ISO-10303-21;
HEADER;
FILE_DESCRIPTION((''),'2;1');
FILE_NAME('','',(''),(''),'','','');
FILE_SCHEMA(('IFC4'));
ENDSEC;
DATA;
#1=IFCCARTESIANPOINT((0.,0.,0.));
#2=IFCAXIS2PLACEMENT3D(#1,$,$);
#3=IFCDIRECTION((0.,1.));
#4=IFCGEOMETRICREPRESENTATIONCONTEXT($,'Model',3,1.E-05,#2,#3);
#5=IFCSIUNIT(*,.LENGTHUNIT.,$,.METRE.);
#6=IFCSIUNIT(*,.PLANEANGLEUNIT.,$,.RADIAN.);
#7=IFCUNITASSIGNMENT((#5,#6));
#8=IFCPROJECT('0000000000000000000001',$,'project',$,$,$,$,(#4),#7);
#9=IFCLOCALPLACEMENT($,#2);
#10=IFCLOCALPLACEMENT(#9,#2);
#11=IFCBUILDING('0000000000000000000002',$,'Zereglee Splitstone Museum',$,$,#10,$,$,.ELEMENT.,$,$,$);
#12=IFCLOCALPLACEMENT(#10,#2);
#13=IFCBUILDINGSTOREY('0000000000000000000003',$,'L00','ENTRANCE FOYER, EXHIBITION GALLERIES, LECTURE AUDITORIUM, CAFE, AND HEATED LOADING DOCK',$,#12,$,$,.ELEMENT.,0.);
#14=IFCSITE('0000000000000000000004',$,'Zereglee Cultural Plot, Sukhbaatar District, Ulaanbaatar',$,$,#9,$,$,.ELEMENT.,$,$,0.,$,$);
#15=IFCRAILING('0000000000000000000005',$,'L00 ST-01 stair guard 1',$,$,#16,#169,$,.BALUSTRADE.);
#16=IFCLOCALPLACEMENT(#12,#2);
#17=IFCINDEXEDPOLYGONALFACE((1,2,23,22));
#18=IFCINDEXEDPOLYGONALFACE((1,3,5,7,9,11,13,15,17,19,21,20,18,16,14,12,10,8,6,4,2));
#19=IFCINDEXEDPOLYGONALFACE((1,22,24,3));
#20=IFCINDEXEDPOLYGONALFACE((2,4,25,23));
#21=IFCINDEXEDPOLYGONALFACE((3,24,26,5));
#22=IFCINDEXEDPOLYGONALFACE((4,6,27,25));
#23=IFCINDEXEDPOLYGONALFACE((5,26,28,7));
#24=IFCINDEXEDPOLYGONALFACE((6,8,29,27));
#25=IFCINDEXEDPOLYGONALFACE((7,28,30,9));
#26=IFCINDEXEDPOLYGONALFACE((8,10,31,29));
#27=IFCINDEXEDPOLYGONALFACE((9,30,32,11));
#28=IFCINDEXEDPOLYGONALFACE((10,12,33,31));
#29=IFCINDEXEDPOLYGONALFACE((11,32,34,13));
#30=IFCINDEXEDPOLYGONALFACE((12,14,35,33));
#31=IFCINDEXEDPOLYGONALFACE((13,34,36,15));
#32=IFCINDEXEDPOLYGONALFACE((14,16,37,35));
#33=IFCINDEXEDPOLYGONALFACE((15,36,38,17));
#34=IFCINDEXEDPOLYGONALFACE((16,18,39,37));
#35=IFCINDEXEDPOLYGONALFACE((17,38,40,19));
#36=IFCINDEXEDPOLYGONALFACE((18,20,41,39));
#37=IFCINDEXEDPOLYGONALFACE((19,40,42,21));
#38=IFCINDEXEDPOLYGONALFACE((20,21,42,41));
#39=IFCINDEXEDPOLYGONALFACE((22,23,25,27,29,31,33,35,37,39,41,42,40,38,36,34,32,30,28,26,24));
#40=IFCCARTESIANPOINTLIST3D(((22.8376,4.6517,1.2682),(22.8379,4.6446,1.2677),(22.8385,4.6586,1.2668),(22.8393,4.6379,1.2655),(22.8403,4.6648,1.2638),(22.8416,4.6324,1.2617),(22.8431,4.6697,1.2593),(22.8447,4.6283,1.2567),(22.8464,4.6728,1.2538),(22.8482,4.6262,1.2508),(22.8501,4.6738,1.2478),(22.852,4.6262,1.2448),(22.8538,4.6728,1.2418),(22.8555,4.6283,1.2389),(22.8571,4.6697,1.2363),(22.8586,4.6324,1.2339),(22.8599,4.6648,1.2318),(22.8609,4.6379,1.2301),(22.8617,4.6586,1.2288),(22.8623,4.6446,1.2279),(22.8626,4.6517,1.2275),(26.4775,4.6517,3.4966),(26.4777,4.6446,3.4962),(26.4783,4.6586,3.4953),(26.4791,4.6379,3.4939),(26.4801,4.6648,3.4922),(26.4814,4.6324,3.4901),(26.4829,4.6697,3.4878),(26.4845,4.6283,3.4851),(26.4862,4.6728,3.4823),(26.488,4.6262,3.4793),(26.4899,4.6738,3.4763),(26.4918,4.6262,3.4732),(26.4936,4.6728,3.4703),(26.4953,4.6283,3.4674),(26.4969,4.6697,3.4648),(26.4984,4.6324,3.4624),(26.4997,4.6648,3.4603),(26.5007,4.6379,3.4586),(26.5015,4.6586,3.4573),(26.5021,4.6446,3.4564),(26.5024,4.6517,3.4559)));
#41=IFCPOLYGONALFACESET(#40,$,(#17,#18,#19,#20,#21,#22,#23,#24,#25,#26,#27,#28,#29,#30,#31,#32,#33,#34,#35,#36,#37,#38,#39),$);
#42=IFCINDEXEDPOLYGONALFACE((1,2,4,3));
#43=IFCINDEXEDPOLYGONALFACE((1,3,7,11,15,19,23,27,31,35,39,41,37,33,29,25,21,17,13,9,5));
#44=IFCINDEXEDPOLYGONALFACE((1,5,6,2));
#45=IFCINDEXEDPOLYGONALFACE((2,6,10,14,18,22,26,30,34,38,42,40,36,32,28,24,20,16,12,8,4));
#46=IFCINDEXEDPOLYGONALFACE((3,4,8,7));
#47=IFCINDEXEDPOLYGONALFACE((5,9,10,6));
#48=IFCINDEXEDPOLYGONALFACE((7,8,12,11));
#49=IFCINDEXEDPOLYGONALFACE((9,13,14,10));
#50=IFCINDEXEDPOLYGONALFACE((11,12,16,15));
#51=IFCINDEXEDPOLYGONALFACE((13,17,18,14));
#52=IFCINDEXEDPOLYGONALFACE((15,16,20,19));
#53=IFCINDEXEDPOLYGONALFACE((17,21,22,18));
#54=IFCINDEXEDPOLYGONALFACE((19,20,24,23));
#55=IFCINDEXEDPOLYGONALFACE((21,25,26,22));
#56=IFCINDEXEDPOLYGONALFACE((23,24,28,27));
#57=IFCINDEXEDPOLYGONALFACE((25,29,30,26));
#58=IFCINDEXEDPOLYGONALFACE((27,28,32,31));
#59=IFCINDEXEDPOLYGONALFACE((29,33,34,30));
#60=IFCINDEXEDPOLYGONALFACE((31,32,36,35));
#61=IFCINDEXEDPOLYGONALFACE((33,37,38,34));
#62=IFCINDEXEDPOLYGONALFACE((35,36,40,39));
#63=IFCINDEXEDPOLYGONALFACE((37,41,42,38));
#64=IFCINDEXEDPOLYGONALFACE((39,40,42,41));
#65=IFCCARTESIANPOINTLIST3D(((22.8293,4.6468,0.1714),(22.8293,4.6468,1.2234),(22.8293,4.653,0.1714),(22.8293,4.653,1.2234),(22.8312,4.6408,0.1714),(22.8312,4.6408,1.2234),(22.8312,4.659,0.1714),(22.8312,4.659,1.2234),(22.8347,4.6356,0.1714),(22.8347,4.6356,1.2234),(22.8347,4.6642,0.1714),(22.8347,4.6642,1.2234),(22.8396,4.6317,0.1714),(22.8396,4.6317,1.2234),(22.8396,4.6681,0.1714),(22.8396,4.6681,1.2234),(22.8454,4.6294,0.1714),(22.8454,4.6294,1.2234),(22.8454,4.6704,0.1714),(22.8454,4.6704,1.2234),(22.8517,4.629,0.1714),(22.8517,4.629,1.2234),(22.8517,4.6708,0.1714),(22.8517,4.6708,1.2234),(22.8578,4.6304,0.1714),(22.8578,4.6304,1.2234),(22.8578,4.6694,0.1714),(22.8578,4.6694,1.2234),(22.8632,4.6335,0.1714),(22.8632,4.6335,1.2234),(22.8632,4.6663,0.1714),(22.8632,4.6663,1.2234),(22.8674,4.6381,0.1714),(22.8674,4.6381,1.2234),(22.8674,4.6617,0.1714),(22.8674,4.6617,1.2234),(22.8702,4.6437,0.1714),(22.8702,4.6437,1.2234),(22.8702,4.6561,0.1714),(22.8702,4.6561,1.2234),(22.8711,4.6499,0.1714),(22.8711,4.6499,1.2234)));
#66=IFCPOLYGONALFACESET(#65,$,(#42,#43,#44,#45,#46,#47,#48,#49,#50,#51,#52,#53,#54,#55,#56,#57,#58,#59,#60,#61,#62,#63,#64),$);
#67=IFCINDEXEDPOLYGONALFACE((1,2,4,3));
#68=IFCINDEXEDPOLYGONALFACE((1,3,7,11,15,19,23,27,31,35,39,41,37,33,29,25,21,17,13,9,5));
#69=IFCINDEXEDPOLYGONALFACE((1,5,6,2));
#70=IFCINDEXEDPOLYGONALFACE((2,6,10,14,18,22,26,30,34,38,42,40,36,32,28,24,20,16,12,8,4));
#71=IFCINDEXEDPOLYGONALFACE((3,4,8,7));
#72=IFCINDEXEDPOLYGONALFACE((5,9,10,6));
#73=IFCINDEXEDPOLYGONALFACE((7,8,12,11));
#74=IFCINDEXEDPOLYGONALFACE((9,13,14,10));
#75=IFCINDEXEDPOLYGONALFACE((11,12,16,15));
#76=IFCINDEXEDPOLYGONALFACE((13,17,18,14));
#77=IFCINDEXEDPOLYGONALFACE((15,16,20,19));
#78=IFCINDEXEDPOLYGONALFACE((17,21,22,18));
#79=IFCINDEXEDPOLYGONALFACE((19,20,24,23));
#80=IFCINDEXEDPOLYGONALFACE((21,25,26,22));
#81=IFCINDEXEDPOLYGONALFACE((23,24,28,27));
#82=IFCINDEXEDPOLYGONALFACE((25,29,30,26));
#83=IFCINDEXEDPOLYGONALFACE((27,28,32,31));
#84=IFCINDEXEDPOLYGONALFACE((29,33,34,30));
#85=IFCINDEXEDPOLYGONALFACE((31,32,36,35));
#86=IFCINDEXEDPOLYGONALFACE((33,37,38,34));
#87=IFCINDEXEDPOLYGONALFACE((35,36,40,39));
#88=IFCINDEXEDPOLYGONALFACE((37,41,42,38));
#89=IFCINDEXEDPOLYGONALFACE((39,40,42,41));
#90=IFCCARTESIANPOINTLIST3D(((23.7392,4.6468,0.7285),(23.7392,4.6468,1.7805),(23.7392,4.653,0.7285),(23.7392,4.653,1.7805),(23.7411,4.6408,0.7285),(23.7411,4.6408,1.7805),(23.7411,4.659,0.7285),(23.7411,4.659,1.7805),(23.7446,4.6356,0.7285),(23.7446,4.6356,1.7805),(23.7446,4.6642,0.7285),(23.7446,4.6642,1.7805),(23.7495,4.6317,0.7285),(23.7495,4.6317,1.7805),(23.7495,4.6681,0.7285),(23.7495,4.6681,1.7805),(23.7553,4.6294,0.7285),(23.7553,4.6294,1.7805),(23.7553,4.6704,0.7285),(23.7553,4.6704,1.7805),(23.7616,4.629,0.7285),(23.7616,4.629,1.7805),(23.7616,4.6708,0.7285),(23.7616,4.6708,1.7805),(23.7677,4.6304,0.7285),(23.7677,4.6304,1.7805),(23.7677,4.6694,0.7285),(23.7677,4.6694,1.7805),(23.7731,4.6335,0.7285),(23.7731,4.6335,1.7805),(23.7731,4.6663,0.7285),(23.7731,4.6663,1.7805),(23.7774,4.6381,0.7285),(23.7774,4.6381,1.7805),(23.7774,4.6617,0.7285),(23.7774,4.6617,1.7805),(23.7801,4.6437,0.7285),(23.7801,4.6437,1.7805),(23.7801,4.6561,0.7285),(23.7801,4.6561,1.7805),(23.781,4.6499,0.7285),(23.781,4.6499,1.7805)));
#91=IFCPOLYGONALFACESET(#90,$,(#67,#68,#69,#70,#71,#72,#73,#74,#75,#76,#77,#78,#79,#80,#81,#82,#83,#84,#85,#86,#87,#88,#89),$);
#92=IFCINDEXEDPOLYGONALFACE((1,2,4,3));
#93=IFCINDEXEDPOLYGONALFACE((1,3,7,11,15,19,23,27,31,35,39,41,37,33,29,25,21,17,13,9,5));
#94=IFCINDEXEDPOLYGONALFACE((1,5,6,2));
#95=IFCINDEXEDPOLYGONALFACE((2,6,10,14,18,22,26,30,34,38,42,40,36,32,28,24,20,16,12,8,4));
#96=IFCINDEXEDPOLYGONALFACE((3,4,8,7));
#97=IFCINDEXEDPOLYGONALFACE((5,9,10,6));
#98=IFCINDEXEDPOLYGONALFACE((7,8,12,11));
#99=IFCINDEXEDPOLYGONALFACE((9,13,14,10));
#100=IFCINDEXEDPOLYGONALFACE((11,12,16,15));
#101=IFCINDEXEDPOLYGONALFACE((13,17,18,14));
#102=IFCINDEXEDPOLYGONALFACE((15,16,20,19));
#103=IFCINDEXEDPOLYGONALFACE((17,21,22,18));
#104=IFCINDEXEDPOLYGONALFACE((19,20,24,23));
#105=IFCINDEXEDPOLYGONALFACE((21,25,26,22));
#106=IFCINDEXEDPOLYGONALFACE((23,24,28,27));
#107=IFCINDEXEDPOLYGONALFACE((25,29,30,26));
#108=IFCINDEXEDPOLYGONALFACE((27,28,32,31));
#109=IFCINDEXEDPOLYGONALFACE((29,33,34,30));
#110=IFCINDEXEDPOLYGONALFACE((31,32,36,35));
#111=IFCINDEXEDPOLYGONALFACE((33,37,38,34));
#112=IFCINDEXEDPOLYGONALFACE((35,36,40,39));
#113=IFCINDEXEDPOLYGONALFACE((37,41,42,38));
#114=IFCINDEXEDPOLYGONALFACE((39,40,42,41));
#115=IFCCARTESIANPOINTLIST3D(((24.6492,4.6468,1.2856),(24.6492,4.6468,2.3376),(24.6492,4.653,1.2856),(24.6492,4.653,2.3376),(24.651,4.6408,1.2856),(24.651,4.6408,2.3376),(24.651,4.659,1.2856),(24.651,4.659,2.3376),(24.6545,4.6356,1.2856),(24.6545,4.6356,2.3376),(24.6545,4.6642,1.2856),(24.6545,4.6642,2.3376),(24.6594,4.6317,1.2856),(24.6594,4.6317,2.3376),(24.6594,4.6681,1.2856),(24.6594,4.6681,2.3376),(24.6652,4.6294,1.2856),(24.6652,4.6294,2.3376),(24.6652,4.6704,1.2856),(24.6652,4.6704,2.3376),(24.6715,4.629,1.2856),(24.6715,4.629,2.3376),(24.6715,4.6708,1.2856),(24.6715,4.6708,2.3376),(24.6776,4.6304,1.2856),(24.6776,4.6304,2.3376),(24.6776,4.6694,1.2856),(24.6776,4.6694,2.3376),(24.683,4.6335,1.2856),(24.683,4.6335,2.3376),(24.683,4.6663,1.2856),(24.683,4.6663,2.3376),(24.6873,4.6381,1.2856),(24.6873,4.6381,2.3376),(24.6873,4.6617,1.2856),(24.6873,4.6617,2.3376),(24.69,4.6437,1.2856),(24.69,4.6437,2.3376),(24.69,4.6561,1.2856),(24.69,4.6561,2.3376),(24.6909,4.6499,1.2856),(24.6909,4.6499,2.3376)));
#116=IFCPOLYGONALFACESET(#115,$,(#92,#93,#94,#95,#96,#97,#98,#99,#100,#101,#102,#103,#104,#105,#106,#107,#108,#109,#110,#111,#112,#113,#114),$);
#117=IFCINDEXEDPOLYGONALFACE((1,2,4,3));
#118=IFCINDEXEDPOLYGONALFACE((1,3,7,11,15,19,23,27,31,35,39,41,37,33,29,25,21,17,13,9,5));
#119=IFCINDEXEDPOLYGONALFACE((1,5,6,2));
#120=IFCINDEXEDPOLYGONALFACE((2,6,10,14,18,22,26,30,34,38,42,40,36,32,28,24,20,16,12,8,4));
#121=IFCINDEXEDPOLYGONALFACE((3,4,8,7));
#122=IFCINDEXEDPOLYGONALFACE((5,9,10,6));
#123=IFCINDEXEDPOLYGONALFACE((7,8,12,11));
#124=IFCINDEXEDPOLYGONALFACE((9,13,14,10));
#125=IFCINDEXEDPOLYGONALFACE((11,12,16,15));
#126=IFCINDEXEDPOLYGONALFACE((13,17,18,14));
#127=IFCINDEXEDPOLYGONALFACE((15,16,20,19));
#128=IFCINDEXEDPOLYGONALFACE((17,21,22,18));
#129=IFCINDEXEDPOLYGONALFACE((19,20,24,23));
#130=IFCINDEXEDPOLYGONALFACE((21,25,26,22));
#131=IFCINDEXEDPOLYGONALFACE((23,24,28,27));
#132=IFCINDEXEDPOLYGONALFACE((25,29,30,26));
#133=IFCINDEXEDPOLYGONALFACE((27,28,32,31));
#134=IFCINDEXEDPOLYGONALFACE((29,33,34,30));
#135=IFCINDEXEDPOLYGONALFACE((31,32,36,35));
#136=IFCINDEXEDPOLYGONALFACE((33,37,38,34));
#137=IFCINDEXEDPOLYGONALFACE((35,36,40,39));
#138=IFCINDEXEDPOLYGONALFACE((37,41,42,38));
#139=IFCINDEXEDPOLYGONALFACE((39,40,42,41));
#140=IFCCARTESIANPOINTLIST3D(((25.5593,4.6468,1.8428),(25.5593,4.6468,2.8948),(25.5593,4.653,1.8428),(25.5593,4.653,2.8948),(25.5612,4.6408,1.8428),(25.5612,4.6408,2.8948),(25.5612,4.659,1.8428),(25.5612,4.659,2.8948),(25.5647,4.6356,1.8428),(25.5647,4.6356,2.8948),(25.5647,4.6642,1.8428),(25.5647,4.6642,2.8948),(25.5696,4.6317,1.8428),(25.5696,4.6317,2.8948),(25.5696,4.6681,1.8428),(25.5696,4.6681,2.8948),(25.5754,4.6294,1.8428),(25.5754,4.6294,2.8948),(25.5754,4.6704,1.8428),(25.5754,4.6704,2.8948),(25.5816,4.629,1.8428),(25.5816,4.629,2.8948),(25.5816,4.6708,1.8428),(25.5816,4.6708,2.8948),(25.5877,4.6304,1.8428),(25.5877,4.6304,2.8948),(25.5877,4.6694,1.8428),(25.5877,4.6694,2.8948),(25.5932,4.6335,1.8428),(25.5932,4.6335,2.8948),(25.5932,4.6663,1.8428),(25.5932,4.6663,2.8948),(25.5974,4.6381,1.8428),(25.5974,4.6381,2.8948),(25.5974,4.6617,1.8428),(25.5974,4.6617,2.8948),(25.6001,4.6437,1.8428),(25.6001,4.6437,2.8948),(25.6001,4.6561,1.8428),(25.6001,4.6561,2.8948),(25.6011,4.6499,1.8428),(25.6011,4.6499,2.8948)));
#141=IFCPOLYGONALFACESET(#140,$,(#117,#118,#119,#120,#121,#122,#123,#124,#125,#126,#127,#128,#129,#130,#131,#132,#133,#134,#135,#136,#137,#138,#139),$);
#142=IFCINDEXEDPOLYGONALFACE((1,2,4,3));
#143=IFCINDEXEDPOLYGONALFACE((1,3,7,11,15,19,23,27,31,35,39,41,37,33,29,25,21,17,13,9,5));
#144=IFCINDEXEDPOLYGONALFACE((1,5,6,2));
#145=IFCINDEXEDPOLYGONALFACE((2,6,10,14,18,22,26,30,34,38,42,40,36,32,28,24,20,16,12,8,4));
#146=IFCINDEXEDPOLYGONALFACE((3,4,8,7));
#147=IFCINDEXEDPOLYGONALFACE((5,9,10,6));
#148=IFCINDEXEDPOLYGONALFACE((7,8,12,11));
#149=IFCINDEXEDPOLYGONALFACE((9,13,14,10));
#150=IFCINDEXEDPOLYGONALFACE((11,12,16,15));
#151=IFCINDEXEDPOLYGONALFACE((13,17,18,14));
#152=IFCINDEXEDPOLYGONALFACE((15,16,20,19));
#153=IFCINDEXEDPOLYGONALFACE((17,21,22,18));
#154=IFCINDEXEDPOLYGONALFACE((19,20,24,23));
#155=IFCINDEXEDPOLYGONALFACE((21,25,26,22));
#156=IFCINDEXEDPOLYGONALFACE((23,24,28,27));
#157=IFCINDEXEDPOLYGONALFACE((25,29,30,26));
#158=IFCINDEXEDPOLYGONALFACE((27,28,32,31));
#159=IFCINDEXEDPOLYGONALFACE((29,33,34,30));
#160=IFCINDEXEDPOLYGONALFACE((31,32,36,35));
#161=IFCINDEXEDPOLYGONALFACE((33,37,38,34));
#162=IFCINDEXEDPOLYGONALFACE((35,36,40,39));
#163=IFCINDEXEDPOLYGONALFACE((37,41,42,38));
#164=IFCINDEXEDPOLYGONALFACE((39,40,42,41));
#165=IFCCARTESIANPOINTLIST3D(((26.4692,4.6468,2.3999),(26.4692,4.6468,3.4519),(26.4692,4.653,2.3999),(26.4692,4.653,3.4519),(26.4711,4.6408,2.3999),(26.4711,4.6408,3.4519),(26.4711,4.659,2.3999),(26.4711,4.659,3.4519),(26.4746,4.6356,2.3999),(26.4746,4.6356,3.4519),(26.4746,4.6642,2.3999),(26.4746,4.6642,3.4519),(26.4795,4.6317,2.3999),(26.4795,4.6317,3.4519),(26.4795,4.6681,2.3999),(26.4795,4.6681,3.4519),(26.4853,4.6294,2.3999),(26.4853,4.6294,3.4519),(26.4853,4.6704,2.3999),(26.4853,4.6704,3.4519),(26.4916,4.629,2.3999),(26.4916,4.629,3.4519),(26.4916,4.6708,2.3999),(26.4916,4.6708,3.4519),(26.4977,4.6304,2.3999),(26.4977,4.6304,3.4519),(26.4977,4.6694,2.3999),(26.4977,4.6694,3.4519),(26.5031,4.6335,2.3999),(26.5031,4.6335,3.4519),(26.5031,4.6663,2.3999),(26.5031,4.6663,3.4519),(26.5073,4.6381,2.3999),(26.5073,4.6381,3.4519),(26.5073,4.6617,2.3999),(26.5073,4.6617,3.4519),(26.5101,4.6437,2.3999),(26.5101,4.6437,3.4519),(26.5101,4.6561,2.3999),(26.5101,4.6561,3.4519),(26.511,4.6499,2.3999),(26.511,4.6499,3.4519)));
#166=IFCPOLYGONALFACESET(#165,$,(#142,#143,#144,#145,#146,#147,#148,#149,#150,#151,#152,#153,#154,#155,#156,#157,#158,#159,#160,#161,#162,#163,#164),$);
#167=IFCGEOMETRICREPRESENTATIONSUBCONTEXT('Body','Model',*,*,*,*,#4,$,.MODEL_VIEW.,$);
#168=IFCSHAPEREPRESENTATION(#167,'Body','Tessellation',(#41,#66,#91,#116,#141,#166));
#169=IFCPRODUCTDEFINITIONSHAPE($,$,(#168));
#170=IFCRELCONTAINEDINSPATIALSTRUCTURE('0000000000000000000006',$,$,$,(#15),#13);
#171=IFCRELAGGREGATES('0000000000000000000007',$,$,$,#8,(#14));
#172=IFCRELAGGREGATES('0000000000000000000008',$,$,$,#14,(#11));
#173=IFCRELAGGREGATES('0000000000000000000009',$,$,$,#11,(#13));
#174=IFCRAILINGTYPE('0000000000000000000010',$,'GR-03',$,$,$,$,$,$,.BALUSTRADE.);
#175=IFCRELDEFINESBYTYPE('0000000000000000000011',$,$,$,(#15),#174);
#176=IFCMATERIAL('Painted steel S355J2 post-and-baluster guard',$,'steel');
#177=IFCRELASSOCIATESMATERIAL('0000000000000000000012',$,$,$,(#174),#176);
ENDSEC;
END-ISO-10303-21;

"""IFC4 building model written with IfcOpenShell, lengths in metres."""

from ifc_helpers import new_model, si_unit, direction, frame, origin, origin_2d, place, context, subcontext, project, spatial, circle, extrude, material, type_object, element, save


model = new_model("IFC4")

# Units and contexts
model_context = context("Model", 3, precision=1e-05, world=origin(), true_north=direction((0.0, 1.0)))
body_context = subcontext(model_context, "Body", "Model", "MODEL_VIEW")
ifc_project = project(units=[si_unit("LENGTHUNIT", "METRE"), si_unit("PLANEANGLEUNIT", "RADIAN")], contexts=[model_context])

# Site, building, storey
site_placement = place(None, origin())
site = spatial("IfcSite", under=ifc_project, at=site_placement, Name="Zereglee Cultural Plot, Sukhbaatar District, Ulaanbaatar", CompositionType="ELEMENT", RefElevation=0.0)
building_placement = place(site_placement, origin())
building = spatial("IfcBuilding", under=site, at=building_placement, Name="Zereglee Splitstone Museum", CompositionType="ELEMENT")
storey_placement = place(building_placement, origin())
storey = spatial("IfcBuildingStorey", under=building, at=storey_placement, Name="L00", Description="ENTRANCE FOYER, EXHIBITION GALLERIES, LECTURE AUDITORIUM, CAFE, AND HEATED LOADING DOCK", CompositionType="ELEMENT", Elevation=0.0)

# Railing
ifc_material_1 = material(Name="Painted steel S355J2 post-and-baluster guard", Category="steel")
railing_type_1 = type_object("IfcRailingType", Name="GR-03", PredefinedType="BALUSTRADE", material=ifc_material_1)
railing_1_placement = place(storey_placement, frame((22.8501, 4.6499, 0.1714)))
element("IfcRailing", 1, at=railing_1_placement, inside=storey, type_object=railing_type_1, Name="L00 ST-01 stair guard 1", PredefinedType="BALUSTRADE", context=body_context, shape_type="SweptSolid", body=[
    extrude(circle(Radius=0.0239, at=origin_2d()), frame((0.0, 0.0, 1.0764), z_axis=(0.85285, 0.0, 0.522156), x_axis=(0.0, 1.0, 0.0)), (0.0, 0.0, 1.0), 4.2678),
    extrude(circle(Radius=0.021, at=origin_2d()), origin(), (0.0, 0.0, 1.0), 1.052),
    extrude(circle(Radius=0.021, at=origin_2d()), frame((0.9099, 0.0, 0.5571)), (0.0, 0.0, 1.0), 1.052),
    extrude(circle(Radius=0.021, at=origin_2d()), frame((1.8198, 0.0, 1.1143)), (0.0, 0.0, 1.0), 1.052),
    extrude(circle(Radius=0.021, at=origin_2d()), frame((2.73, 0.0, 1.6714)), (0.0, 0.0, 1.0), 1.052),
    extrude(circle(Radius=0.021, at=origin_2d()), frame((3.6399, 0.0, 2.2285)), (0.0, 0.0, 1.0), 1.052),
])

save(model, "model.ifc")
